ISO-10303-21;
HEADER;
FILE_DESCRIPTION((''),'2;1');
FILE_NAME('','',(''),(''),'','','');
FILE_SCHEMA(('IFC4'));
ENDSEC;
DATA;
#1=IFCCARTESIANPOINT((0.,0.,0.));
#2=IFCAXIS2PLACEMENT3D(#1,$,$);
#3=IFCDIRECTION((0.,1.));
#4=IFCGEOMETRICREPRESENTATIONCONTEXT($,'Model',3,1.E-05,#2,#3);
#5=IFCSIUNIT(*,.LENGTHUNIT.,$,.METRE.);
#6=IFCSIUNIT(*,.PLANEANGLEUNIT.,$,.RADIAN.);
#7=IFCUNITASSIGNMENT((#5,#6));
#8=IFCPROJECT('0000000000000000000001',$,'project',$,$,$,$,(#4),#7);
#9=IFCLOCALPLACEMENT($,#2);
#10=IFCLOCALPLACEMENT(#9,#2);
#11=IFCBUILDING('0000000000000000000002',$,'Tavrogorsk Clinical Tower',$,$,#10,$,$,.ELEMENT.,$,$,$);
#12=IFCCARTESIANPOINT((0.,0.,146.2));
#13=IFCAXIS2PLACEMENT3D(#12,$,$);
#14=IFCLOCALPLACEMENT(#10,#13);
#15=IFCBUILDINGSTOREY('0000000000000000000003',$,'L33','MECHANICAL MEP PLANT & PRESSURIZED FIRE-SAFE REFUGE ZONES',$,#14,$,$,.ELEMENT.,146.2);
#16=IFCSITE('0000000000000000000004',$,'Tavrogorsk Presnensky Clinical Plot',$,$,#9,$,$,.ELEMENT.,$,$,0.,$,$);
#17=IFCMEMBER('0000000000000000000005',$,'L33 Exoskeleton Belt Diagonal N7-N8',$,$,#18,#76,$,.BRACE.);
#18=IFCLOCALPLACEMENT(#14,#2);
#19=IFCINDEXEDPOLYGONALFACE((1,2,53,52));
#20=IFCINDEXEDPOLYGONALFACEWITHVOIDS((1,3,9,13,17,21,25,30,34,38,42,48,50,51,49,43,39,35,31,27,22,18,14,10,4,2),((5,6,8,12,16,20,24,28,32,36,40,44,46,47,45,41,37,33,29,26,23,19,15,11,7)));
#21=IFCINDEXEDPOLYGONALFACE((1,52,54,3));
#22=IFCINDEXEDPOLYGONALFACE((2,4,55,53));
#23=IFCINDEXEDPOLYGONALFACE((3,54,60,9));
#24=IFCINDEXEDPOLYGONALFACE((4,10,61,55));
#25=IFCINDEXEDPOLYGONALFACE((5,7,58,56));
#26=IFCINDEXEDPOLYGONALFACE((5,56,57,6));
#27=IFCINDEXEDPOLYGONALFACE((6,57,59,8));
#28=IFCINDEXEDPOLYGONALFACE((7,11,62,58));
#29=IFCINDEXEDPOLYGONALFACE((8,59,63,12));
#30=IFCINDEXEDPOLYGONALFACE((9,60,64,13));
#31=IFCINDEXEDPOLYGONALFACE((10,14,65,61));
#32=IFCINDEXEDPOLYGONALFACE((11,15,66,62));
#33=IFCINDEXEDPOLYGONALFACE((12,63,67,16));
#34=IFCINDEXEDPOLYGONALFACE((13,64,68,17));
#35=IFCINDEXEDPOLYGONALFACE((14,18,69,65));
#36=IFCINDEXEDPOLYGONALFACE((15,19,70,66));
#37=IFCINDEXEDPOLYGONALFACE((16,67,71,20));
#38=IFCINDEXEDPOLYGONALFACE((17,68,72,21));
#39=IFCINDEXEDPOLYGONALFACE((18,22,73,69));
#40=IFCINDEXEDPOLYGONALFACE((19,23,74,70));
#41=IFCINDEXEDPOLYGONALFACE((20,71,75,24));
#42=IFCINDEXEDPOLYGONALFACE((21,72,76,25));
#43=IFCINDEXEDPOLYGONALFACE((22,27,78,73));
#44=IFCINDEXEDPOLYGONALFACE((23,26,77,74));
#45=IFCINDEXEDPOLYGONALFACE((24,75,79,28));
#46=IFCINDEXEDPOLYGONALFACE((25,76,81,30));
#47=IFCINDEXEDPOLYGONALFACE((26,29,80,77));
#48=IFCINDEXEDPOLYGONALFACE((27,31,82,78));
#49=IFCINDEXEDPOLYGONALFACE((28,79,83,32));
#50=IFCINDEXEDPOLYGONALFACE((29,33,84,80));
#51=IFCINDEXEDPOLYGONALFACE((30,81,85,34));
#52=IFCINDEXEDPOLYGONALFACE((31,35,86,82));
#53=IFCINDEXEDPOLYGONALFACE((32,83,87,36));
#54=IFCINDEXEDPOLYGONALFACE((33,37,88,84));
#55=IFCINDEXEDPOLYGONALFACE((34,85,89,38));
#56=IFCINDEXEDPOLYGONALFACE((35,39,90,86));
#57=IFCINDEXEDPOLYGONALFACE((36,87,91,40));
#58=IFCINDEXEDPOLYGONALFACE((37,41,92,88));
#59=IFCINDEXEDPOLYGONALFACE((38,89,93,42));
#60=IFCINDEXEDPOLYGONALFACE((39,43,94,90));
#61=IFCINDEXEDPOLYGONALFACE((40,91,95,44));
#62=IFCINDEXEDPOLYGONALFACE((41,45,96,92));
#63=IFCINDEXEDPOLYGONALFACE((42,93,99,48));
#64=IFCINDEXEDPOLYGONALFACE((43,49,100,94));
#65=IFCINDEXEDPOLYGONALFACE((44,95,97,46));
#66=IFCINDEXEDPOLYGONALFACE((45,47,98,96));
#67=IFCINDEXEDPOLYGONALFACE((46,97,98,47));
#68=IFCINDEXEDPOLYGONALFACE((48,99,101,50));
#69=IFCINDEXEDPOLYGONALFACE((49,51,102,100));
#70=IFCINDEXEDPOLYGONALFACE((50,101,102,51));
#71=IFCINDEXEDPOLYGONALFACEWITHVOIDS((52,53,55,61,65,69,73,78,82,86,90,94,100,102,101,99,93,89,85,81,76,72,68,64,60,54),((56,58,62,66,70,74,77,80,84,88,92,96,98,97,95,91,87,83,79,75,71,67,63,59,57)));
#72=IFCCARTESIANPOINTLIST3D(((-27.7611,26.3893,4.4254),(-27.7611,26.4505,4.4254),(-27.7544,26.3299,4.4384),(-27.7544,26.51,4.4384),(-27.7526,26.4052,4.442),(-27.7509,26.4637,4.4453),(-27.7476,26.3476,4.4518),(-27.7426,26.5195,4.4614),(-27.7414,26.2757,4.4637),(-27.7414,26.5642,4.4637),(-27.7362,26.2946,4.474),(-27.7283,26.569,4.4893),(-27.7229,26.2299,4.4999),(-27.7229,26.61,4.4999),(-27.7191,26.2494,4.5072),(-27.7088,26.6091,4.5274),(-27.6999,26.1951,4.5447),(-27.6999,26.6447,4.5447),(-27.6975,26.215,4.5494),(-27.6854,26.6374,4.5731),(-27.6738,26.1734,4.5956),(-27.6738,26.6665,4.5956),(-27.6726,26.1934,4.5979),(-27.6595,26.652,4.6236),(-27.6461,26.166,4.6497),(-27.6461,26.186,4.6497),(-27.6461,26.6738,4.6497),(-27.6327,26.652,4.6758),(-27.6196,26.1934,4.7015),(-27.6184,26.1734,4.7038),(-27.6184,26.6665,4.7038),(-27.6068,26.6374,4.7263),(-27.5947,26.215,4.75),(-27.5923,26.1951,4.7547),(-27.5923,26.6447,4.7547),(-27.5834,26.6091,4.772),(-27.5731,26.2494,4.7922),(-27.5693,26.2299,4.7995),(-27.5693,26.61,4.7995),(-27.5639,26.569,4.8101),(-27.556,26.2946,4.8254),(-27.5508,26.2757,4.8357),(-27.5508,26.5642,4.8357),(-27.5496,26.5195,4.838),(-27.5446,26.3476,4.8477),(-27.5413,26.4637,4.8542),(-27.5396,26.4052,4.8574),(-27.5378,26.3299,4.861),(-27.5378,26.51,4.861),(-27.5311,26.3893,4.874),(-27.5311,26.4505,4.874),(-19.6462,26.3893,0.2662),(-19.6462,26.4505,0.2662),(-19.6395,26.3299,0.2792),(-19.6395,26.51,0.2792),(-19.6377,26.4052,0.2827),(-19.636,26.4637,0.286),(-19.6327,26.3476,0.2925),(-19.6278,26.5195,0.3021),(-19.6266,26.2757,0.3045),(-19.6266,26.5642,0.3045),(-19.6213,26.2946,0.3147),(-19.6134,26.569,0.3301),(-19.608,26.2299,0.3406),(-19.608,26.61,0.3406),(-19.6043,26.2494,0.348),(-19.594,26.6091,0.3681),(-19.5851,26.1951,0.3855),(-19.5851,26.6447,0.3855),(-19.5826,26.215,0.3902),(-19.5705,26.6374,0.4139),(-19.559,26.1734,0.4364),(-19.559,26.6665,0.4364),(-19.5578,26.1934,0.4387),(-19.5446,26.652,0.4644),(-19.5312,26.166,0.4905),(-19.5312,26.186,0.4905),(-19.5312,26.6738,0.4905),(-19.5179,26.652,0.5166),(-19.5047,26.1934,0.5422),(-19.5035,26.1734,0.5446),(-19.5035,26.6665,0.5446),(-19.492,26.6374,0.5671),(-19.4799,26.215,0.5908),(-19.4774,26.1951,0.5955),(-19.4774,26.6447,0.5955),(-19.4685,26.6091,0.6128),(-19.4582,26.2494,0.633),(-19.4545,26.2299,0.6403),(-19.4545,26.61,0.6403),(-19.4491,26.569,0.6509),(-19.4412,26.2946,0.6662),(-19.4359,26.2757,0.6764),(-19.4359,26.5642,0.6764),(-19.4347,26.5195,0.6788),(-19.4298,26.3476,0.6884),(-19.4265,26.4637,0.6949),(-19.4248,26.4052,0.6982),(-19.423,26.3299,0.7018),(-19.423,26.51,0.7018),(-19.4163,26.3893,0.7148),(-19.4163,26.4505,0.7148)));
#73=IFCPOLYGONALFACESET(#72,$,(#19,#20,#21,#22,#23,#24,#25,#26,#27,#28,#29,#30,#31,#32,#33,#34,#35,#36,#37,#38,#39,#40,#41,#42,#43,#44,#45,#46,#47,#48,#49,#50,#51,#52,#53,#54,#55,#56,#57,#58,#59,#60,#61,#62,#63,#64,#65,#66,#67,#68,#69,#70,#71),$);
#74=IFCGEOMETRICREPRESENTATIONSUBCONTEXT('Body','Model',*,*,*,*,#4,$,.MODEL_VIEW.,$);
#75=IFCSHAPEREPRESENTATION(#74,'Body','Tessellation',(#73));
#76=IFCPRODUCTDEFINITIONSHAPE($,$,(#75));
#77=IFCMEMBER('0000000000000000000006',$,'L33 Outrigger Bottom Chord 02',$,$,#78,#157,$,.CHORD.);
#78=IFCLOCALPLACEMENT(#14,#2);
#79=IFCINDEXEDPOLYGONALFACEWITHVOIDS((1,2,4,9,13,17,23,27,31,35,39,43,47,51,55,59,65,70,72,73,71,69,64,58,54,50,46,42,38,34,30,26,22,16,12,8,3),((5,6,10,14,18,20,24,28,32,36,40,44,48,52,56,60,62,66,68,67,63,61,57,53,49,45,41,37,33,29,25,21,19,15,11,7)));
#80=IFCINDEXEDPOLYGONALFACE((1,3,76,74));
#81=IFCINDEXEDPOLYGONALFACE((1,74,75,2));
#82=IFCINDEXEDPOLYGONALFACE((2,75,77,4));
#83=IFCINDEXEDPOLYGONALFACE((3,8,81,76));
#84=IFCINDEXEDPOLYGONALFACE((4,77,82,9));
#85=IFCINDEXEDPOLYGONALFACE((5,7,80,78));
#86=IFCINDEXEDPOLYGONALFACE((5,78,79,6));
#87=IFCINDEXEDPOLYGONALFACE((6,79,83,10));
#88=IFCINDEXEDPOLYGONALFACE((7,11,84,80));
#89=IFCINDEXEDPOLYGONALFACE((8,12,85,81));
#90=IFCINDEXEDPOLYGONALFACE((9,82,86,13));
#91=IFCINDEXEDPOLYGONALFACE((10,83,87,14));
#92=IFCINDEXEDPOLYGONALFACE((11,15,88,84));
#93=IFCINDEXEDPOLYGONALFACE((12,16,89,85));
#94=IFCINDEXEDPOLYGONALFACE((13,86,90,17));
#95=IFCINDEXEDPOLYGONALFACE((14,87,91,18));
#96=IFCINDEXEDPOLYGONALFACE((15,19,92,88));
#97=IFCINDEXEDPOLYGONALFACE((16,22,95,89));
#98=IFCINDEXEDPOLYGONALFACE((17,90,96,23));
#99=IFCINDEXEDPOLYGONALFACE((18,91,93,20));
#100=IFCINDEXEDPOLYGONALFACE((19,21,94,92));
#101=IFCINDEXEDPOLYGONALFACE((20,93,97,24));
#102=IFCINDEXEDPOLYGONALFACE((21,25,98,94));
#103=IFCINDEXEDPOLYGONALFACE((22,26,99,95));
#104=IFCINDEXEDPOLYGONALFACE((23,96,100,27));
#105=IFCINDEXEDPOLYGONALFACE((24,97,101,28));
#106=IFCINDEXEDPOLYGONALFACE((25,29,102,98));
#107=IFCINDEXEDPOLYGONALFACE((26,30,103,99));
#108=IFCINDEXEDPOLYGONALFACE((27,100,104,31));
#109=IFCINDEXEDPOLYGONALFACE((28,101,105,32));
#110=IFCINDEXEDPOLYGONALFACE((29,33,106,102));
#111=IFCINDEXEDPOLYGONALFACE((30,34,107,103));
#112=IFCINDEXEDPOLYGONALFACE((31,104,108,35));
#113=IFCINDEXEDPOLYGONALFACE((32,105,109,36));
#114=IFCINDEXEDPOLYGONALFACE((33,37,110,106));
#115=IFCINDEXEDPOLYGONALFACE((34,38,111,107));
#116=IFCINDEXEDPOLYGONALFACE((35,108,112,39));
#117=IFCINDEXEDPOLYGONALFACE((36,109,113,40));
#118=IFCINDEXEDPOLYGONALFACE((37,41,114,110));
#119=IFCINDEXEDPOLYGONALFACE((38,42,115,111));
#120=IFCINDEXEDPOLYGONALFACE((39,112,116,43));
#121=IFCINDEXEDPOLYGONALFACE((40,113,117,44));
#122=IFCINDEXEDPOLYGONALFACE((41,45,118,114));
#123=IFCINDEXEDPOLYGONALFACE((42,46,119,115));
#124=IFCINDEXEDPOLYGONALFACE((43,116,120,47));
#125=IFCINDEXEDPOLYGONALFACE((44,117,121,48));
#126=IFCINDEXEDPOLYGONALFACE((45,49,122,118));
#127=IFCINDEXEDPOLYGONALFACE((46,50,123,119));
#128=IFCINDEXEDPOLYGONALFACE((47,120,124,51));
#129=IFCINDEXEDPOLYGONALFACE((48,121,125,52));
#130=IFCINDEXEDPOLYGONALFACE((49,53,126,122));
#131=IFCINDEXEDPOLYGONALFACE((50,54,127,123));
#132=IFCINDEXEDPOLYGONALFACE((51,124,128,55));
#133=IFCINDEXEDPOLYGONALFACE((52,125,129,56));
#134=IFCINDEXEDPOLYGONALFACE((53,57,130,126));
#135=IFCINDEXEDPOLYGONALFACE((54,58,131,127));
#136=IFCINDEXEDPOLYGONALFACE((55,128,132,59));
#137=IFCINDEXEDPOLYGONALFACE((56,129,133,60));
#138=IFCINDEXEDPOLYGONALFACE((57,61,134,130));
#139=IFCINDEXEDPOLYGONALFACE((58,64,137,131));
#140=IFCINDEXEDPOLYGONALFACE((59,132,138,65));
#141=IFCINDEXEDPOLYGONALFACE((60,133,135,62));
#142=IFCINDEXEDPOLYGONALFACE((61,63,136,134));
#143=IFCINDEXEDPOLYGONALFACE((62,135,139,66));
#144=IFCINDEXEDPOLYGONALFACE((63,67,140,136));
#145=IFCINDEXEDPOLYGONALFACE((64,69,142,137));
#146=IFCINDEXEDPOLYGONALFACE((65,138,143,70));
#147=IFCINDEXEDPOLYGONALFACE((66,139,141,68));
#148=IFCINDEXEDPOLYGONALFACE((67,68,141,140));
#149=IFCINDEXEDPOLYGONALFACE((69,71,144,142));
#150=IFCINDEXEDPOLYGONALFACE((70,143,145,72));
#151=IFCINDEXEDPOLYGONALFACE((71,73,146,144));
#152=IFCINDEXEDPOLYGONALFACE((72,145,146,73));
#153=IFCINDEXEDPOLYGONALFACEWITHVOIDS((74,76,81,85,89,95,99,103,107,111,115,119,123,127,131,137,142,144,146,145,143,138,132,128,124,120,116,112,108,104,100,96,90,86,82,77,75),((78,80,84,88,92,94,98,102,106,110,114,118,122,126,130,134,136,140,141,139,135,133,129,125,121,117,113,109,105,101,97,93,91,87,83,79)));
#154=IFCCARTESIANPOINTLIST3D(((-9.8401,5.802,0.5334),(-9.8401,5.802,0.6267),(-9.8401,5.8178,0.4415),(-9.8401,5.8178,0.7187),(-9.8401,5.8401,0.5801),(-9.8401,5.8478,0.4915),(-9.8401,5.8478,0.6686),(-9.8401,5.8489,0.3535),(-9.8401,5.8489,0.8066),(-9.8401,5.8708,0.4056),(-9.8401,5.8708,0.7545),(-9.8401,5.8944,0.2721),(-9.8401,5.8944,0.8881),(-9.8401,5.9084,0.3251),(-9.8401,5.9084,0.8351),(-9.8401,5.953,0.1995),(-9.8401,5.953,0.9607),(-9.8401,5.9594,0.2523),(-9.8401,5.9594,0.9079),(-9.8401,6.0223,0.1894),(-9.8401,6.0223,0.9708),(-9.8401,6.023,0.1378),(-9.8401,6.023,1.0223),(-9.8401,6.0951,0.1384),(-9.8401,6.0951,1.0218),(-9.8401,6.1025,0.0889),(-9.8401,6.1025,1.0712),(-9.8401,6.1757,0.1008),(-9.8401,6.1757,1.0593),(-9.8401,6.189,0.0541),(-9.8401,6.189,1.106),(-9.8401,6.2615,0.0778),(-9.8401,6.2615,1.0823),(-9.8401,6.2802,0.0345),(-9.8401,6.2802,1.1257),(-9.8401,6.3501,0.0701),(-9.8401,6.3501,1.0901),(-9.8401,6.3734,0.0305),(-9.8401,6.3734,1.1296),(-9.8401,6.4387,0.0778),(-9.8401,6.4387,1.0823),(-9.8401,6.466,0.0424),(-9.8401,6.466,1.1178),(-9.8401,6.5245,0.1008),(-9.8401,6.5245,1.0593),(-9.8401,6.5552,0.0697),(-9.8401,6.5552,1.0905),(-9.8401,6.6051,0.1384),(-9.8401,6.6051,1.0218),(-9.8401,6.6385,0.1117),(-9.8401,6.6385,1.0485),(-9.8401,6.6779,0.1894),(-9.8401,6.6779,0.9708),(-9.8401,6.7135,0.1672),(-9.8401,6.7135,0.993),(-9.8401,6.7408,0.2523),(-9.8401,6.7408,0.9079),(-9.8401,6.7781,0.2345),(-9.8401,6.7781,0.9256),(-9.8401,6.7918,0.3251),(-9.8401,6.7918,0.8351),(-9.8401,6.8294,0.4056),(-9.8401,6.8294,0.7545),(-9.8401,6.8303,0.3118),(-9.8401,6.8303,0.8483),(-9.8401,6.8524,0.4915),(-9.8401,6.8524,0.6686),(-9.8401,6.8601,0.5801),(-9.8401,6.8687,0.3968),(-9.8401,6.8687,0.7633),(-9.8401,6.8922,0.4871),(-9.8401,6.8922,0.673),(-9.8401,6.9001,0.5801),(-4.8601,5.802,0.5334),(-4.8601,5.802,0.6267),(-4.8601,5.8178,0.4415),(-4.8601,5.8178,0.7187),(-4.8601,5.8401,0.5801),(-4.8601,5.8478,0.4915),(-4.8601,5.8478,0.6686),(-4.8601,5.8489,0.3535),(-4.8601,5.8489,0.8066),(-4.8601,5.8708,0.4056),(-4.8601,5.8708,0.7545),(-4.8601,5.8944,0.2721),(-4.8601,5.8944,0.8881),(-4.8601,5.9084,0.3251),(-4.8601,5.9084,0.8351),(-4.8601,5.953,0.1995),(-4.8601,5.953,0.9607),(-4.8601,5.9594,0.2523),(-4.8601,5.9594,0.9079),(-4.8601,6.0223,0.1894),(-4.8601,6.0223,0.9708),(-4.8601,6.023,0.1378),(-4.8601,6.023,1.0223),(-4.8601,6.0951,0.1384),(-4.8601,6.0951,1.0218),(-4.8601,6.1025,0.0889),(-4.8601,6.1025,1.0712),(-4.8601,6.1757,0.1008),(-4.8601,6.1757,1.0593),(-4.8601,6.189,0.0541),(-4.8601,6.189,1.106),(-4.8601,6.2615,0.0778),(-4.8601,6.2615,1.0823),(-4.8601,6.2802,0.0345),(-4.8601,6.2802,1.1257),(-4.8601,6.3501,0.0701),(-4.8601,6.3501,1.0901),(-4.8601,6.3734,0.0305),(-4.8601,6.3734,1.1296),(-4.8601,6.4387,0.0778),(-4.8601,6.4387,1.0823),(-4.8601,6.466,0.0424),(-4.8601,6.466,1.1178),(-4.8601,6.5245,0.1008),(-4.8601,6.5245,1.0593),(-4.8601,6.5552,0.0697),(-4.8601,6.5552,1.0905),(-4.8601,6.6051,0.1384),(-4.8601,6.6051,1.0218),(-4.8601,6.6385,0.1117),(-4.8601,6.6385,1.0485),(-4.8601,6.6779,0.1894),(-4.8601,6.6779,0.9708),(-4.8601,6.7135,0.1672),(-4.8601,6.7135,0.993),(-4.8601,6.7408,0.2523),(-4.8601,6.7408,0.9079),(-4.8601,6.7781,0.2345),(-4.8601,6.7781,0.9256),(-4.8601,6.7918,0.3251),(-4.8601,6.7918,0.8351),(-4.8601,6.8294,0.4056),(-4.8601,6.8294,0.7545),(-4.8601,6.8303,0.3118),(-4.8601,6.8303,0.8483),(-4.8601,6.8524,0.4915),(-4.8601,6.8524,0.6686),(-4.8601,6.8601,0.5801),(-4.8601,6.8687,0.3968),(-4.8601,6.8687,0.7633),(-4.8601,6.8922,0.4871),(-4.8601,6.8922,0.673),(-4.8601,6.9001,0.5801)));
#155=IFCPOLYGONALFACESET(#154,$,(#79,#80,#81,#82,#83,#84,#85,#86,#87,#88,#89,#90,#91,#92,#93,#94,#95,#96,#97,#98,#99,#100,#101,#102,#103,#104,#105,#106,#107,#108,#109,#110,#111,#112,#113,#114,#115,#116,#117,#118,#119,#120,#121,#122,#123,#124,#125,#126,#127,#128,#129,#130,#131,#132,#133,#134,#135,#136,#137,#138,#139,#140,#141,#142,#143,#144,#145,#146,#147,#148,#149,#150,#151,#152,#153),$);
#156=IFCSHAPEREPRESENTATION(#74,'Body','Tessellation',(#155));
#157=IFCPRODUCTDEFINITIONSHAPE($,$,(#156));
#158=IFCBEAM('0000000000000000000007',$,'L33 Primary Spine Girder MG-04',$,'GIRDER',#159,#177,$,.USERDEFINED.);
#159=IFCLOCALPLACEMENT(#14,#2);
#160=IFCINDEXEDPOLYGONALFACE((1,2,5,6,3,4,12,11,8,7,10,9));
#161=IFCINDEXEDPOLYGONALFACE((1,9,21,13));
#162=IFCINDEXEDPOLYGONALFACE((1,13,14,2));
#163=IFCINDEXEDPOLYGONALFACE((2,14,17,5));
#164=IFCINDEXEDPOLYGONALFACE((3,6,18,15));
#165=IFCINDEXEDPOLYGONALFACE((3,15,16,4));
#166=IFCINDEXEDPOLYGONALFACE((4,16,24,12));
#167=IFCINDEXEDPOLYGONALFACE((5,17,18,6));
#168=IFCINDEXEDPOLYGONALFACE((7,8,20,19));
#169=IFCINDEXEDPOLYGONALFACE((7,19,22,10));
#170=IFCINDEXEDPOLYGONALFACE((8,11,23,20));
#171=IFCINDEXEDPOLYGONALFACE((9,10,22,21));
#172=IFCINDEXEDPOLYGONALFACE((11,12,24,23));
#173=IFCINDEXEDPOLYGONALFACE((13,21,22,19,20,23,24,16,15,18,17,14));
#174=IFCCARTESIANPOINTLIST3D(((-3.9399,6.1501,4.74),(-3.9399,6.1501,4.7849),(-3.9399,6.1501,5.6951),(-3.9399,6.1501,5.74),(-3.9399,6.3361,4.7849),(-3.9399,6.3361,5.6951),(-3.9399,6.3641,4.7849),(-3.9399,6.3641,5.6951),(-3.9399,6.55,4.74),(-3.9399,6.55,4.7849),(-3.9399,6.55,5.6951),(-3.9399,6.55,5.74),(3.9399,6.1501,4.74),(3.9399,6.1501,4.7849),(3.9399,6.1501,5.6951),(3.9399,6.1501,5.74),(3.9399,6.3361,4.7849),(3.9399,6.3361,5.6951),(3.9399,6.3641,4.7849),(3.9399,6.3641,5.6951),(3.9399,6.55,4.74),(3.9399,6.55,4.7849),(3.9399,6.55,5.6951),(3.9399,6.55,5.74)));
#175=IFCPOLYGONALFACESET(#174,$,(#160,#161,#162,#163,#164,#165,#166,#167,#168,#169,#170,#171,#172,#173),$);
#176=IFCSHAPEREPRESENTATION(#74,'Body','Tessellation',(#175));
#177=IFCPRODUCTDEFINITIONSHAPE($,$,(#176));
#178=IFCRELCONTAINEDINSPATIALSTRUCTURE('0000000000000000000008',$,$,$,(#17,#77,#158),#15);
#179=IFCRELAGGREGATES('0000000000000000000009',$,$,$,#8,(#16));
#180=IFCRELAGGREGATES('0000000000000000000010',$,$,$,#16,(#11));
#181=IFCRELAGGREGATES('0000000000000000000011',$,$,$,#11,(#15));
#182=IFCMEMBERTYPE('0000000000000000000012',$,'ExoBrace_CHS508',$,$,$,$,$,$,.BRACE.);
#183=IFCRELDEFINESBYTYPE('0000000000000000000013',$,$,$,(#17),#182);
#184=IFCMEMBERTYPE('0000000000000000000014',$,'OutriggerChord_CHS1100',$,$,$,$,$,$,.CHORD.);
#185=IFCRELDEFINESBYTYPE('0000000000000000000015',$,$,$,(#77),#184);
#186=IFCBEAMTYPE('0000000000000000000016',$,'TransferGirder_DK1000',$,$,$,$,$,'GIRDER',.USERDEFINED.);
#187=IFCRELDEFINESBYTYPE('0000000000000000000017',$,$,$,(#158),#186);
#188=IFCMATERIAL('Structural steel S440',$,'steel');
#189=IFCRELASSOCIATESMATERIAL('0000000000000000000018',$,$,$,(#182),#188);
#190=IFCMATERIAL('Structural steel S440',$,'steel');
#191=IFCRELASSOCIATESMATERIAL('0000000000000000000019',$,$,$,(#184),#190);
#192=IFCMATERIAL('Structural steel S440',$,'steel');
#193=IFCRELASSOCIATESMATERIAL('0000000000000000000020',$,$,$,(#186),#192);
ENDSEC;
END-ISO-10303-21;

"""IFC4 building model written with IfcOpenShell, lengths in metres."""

from ifc_helpers import new_model, si_unit, direction, frame, origin, origin_2d, place, context, subcontext, project, spatial, hollow_circle, i_section, extrude, material, material_profile, profile_set, type_object, element, save


model = new_model("IFC4")

# Units and contexts
model_context = context("Model", 3, precision=1e-05, world=origin(), true_north=direction((0.0, 1.0)))
body_context = subcontext(model_context, "Body", "Model", "MODEL_VIEW")
ifc_project = project(units=[si_unit("LENGTHUNIT", "METRE"), si_unit("PLANEANGLEUNIT", "RADIAN")], contexts=[model_context])

# Site, building, storey
site_placement = place(None, origin())
site = spatial("IfcSite", under=ifc_project, at=site_placement, Name="Tavrogorsk Presnensky Clinical Plot", CompositionType="ELEMENT", RefElevation=0.0)
building_placement = place(site_placement, origin())
building = spatial("IfcBuilding", under=site, at=building_placement, Name="Tavrogorsk Clinical Tower", CompositionType="ELEMENT")
storey_placement = place(building_placement, frame((0.0, 0.0, 146.2)))
storey = spatial("IfcBuildingStorey", under=building, at=storey_placement, Name="L33", Description="MECHANICAL MEP PLANT & PRESSURIZED FIRE-SAFE REFUGE ZONES", CompositionType="ELEMENT", Elevation=146.2)

# Members
ifc_material_1 = material(Name="Structural steel S440", Category="steel")
ifc_material_profile_1 = material_profile(ifc_material_1, hollow_circle(Radius=0.2539, WallThickness=0.02, at=origin_2d()), Name="CHS-508x20")
ifc_profile_set_1 = profile_set([ifc_material_profile_1], Name="Structural steel S440")
member_type_1 = type_object("IfcMemberType", Name="ExoBrace_CHS508", PredefinedType="BRACE", material=ifc_profile_set_1)
member_1_placement = place(storey_placement, frame((-19.5312, 26.4199, 0.4905), z_axis=(-0.889917, 0.0, 0.456123), x_axis=(0.0, -1.0, 0.0)))
element("IfcMember", 1, at=member_1_placement, inside=storey, type_object=member_type_1, Name="L33 Exoskeleton Belt Diagonal N7-N8", PredefinedType="BRACE", context=body_context, shape_type="SweptSolid", body=[
    extrude(hollow_circle(Radius=0.2539, WallThickness=0.02, at=origin_2d()), origin(), (0.0, 0.0, 1.0), 9.1187),
])
ifc_material_2 = material(Name="Structural steel S440", Category="steel")
ifc_material_profile_2 = material_profile(ifc_material_2, hollow_circle(Radius=0.55, WallThickness=0.04, at=origin_2d()), Name="CHS-1100x40")
ifc_profile_set_2 = profile_set([ifc_material_profile_2], Name="Structural steel S440")
member_type_2 = type_object("IfcMemberType", Name="OutriggerChord_CHS1100", PredefinedType="CHORD", material=ifc_profile_set_2)
member_2_placement = place(storey_placement, frame((-9.8401, 6.3501, 0.5801), z_axis=(1.0, 0.0, 0.0), x_axis=(0.0, 1.0, 0.0)))
element("IfcMember", 2, at=member_2_placement, inside=storey, type_object=member_type_2, Name="L33 Outrigger Bottom Chord 02", PredefinedType="CHORD", context=body_context, shape_type="SweptSolid", body=[
    extrude(hollow_circle(Radius=0.55, WallThickness=0.04, at=origin_2d()), origin(), (0.0, 0.0, 1.0), 4.98),
])

# Beam
ifc_material_3 = material(Name="Structural steel S440", Category="steel")
ifc_material_profile_3 = material_profile(ifc_material_3, i_section(OverallWidth=0.3999, OverallDepth=1.0, WebThickness=0.0281, FlangeThickness=0.0449, at=origin_2d()), Name="DK-1000x400x28x45")
ifc_profile_set_3 = profile_set([ifc_material_profile_3], Name="Structural steel S440")
beam_type_1 = type_object("IfcBeamType", Name="TransferGirder_DK1000", ElementType="GIRDER", PredefinedType="USERDEFINED", material=ifc_profile_set_3)
beam_1_placement = place(storey_placement, frame((-3.9399, 6.3501, 5.24), z_axis=(1.0, 0.0, 0.0), x_axis=(0.0, 1.0, 0.0)))
element("IfcBeam", 3, at=beam_1_placement, inside=storey, type_object=beam_type_1, Name="L33 Primary Spine Girder MG-04", ObjectType="GIRDER", PredefinedType="USERDEFINED", context=body_context, shape_type="SweptSolid", body=[
    extrude(i_section(OverallWidth=0.3999, OverallDepth=1.0, WebThickness=0.0281, FlangeThickness=0.0449, at=origin_2d()), origin(), (0.0, 0.0, 1.0), 7.8799),
])

save(model, "model.ifc")
